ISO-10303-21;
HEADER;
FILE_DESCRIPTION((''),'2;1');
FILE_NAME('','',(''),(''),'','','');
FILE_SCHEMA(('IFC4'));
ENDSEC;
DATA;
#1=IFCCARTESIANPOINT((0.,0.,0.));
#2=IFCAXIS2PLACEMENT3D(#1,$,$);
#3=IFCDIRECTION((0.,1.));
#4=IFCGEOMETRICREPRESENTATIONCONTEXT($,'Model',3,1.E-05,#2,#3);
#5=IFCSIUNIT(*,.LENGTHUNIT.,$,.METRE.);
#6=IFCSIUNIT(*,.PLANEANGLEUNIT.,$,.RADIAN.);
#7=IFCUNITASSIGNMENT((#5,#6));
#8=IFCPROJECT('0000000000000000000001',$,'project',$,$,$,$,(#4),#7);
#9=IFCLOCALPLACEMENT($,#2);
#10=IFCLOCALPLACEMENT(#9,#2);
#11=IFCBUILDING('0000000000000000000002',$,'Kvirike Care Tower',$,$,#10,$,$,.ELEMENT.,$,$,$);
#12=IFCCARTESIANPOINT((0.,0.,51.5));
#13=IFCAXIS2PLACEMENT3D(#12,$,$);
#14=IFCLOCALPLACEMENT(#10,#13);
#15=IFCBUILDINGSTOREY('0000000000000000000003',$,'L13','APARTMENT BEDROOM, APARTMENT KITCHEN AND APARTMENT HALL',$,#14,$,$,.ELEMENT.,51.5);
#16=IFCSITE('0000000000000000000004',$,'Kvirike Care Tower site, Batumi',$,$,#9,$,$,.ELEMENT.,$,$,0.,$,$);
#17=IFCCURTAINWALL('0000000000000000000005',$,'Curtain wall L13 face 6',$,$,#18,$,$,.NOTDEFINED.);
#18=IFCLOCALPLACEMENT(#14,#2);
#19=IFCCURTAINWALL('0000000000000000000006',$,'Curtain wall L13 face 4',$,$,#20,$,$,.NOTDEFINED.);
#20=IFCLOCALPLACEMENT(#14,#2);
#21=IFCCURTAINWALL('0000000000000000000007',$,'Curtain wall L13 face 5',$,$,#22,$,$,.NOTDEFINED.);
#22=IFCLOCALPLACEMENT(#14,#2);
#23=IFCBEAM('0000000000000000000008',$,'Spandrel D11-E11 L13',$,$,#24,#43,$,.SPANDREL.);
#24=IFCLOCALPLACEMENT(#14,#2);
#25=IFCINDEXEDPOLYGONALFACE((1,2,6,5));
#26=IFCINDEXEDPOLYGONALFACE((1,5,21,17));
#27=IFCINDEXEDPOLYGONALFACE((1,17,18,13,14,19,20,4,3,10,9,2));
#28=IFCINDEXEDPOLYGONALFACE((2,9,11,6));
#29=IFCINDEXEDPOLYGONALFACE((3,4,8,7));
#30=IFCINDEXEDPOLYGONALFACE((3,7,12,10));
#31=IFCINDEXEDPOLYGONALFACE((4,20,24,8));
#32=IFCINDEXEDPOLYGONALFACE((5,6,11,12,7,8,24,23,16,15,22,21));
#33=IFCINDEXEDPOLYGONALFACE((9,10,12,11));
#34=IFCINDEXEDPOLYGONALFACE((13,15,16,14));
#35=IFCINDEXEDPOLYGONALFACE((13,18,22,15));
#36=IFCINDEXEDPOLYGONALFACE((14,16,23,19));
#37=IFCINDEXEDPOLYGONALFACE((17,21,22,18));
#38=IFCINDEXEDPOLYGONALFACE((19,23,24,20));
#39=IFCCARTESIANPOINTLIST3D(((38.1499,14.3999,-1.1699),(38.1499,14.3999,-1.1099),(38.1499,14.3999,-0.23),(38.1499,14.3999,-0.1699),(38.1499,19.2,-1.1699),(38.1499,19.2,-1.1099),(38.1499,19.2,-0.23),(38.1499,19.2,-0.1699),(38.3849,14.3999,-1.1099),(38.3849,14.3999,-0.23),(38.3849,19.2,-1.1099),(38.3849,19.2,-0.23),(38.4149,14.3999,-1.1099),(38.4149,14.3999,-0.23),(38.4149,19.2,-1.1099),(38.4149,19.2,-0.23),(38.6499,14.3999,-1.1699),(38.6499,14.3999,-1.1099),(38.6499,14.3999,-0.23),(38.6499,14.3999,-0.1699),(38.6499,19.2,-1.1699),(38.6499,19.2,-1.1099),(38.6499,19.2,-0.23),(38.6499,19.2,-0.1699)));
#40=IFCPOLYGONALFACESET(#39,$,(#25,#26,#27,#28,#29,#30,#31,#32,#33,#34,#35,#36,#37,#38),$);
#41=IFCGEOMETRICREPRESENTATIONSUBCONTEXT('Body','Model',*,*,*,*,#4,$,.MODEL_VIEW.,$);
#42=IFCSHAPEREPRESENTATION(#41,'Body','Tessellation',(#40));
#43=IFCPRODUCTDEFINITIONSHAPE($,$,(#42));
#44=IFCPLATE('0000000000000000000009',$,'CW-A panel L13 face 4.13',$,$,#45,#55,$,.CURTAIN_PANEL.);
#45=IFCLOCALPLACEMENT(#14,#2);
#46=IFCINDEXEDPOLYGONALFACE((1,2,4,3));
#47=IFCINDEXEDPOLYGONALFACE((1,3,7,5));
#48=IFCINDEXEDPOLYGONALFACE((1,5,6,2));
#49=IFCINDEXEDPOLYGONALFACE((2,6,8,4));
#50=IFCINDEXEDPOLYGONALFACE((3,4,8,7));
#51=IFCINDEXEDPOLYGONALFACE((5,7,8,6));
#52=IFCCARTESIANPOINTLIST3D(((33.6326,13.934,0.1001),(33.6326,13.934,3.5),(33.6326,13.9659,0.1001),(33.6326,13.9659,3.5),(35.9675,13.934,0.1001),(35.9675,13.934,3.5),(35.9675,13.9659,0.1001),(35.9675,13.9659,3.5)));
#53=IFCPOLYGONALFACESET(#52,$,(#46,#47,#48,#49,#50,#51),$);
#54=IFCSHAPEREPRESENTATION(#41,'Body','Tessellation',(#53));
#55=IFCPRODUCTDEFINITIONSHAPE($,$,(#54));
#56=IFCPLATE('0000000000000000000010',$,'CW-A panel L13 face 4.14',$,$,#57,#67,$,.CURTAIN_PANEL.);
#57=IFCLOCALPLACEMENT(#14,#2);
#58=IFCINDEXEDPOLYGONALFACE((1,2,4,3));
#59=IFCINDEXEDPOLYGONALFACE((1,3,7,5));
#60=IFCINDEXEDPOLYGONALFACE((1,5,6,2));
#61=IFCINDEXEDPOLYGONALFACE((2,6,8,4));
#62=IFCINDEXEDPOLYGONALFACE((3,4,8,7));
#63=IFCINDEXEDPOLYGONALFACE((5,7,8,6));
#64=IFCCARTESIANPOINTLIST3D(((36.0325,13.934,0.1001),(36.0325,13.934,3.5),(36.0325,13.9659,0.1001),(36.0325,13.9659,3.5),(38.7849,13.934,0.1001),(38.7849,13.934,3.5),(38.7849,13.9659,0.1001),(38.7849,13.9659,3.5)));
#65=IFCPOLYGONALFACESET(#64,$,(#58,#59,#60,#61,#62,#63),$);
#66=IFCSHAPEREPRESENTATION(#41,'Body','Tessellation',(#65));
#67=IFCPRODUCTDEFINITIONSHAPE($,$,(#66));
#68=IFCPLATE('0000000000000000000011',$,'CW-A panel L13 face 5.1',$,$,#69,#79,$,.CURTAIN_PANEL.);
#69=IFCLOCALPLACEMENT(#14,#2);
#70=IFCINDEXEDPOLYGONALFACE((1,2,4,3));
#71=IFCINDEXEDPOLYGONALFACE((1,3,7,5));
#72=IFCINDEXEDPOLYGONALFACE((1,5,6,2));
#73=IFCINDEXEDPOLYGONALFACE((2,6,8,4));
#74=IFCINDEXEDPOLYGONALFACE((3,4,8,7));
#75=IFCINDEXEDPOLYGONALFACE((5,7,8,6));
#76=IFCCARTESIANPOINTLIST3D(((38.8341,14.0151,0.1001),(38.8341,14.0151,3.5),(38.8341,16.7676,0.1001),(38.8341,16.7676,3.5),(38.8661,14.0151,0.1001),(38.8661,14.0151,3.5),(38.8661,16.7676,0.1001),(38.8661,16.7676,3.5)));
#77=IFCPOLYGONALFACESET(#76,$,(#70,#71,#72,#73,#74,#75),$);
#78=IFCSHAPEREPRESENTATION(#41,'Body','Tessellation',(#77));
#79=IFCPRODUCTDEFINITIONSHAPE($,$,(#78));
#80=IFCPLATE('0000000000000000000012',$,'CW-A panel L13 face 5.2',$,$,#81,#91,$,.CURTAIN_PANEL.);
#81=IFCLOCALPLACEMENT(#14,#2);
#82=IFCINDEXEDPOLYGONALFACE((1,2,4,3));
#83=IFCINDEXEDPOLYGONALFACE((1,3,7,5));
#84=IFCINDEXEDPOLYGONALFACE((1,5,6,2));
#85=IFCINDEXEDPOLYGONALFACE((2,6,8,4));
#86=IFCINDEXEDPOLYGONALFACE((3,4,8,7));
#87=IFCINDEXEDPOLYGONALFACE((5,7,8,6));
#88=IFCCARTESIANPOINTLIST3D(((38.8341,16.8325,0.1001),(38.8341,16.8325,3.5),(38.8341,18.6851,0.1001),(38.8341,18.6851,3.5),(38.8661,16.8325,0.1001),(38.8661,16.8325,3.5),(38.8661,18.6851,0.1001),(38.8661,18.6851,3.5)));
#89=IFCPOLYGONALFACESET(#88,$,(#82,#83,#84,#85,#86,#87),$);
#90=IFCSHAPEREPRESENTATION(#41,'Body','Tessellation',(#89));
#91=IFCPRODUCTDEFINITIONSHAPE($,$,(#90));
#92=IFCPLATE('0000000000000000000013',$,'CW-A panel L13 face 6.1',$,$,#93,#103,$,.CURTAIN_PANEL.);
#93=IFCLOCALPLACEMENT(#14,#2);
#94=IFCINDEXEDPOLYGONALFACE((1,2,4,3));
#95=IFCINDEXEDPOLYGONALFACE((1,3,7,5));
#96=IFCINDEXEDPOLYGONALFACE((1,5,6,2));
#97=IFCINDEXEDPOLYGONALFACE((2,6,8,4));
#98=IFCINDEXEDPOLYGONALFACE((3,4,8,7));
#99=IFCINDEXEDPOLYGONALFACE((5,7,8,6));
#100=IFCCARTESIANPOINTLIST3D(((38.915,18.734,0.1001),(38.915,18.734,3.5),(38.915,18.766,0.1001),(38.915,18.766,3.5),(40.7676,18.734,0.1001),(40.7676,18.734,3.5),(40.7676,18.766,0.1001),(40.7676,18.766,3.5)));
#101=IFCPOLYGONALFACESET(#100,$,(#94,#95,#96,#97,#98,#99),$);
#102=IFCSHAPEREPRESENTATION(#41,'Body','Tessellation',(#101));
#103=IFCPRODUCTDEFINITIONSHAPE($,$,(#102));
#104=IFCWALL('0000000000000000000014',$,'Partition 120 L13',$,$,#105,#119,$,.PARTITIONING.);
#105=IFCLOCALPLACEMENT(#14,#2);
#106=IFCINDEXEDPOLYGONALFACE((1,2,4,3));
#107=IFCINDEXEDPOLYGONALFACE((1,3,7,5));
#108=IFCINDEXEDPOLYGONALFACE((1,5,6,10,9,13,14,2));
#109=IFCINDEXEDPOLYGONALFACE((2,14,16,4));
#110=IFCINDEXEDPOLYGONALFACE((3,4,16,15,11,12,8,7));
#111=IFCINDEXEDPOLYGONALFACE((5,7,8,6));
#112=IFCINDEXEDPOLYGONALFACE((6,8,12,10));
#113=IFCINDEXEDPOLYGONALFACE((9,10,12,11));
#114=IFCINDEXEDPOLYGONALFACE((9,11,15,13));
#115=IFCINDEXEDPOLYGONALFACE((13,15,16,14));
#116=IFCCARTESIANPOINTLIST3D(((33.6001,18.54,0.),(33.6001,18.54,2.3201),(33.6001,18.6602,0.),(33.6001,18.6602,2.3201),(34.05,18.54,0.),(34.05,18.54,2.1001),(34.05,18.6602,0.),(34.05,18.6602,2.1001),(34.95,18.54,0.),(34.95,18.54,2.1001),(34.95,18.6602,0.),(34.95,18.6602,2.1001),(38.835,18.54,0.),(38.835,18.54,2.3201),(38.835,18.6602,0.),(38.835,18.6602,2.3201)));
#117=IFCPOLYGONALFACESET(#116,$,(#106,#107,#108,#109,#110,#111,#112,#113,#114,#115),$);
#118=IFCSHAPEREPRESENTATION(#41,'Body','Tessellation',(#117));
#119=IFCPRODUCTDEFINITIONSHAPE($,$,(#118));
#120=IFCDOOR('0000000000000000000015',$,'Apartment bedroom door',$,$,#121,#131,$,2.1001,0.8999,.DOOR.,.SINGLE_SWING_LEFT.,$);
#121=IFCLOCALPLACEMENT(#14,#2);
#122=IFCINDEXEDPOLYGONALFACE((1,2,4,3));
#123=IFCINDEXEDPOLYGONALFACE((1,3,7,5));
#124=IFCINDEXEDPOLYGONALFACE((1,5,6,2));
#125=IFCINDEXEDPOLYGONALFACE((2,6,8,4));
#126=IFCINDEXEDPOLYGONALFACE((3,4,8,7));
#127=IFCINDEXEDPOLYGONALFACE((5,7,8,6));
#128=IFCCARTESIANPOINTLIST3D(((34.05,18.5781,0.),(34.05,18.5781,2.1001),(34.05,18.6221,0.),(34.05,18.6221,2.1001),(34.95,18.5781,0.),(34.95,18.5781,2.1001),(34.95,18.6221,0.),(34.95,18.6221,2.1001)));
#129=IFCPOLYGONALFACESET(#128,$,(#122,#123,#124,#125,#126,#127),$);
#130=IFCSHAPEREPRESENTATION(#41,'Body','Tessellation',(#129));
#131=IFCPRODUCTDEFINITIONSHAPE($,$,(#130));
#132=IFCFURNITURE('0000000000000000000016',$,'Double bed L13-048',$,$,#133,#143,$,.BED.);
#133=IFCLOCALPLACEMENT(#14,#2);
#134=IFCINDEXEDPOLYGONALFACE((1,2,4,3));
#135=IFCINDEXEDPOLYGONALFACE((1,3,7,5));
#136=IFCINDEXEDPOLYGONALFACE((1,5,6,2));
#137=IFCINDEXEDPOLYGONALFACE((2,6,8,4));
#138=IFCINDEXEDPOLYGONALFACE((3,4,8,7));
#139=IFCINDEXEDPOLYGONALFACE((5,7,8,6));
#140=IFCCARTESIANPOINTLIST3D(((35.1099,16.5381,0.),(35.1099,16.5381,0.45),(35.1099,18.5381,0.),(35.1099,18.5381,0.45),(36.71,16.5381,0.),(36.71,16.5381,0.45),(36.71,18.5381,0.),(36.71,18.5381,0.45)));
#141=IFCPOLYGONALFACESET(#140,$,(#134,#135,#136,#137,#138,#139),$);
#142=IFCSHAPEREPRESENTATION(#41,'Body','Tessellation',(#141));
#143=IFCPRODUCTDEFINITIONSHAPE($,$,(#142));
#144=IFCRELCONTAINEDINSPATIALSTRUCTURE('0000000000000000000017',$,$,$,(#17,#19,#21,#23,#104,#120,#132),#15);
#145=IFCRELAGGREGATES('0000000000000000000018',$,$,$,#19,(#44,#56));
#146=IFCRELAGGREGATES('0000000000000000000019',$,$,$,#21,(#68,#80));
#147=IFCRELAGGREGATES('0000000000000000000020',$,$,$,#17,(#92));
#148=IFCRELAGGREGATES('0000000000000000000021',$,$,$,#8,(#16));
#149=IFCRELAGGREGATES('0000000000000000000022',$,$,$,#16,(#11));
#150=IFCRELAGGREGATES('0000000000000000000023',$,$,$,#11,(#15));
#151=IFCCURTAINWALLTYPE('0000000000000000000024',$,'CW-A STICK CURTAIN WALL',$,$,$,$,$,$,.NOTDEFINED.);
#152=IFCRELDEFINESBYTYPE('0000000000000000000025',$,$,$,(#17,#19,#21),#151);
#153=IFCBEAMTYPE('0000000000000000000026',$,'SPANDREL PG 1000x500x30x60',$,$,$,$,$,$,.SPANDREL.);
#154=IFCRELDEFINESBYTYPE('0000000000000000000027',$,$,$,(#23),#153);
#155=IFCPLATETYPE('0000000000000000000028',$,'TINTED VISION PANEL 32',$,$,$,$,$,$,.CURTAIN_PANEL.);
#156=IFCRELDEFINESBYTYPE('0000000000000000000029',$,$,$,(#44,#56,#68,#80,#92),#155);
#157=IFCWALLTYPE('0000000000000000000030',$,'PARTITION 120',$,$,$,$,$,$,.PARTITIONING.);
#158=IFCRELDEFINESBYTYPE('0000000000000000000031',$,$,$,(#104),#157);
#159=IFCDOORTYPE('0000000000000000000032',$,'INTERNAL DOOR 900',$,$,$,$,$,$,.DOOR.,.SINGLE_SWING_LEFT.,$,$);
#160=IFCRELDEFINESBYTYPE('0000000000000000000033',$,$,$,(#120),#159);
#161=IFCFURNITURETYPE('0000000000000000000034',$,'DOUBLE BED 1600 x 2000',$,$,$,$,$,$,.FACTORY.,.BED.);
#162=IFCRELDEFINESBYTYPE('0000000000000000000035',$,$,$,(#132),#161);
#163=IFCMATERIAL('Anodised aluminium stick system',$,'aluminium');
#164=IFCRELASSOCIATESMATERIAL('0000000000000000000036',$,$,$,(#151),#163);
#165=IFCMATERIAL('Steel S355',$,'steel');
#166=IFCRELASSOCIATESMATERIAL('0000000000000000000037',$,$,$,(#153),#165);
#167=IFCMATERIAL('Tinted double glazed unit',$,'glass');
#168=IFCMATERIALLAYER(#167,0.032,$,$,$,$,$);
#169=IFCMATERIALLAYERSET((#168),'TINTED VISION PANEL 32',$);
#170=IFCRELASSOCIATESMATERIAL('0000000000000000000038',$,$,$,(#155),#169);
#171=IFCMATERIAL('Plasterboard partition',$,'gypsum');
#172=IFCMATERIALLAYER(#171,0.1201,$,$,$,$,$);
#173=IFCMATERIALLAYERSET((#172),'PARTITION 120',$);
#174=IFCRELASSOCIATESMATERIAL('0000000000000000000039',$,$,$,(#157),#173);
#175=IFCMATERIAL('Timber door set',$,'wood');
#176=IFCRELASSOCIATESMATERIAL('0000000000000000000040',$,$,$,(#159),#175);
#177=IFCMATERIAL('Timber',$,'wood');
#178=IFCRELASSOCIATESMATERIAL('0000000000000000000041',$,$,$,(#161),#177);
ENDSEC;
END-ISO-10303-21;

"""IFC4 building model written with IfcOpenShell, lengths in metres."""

from ifc_helpers import new_model, si_unit, direction, frame, frame_2d, origin, origin_2d, place, context, subcontext, project, spatial, rectangle, i_section, extrude, material, layer, layer_set, material_profile, profile_set, type_object, element, fill, aggregate, save


model = new_model("IFC4")

# Units and contexts
model_context = context("Model", 3, precision=1e-05, world=origin(), true_north=direction((0.0, 1.0)))
body_context = subcontext(model_context, "Body", "Model", "MODEL_VIEW")
ifc_project = project(units=[si_unit("LENGTHUNIT", "METRE"), si_unit("PLANEANGLEUNIT", "RADIAN")], contexts=[model_context])

# Site, building, storey
site_placement = place(None, origin())
site = spatial("IfcSite", under=ifc_project, at=site_placement, Name="Kvirike Care Tower site, Batumi", CompositionType="ELEMENT", RefElevation=0.0)
building_placement = place(site_placement, origin())
building = spatial("IfcBuilding", under=site, at=building_placement, Name="Kvirike Care Tower", CompositionType="ELEMENT")
storey_placement = place(building_placement, frame((0.0, 0.0, 51.5)))
storey = spatial("IfcBuildingStorey", under=building, at=storey_placement, Name="L13", Description="APARTMENT BEDROOM, APARTMENT KITCHEN AND APARTMENT HALL", CompositionType="ELEMENT", Elevation=51.5)

# Curtain wall
ifc_material_1 = material(Name="Anodised aluminium stick system", Category="aluminium")
curtain_wall_type = type_object("IfcCurtainWallType", Name="CW-A STICK CURTAIN WALL", PredefinedType="NOTDEFINED", material=ifc_material_1)
curtain_wall_1_placement = place(storey_placement, origin())
curtain_wall_1 = element("IfcCurtainWall", 1, at=curtain_wall_1_placement, inside=storey, type_object=curtain_wall_type, Name="Curtain wall L13 face 6", PredefinedType="NOTDEFINED")

# Curtain walls
curtain_wall_2_placement = place(storey_placement, origin())
curtain_wall_2 = element("IfcCurtainWall", 2, at=curtain_wall_2_placement, inside=storey, type_object=curtain_wall_type, Name="Curtain wall L13 face 4", PredefinedType="NOTDEFINED")
curtain_wall_3_placement = place(storey_placement, origin())
curtain_wall_3 = element("IfcCurtainWall", 3, at=curtain_wall_3_placement, inside=storey, type_object=curtain_wall_type, Name="Curtain wall L13 face 5", PredefinedType="NOTDEFINED")

# Beam
ifc_material_2 = material(Name="Steel S355", Category="steel")
ifc_material_profile_1 = material_profile(ifc_material_2, i_section(OverallWidth=0.5, OverallDepth=1.0, WebThickness=0.03, FlangeThickness=0.0601, at=origin_2d()), Name="PG 1000x500x30x60")
ifc_profile_set_1 = profile_set([ifc_material_profile_1], Name="Steel S355")
beam_type = type_object("IfcBeamType", Name="SPANDREL PG 1000x500x30x60", PredefinedType="SPANDREL", material=ifc_profile_set_1)
beam_placement = place(storey_placement, frame((38.3999, 14.3999, -0.6699), z_axis=(0.0, 1.0, 0.0), x_axis=(-1.0, 0.0, 0.0)))
element("IfcBeam", 4, at=beam_placement, inside=storey, type_object=beam_type, Name="Spandrel D11-E11 L13", PredefinedType="SPANDREL", context=body_context, shape_type="SweptSolid", body=[
    extrude(i_section(OverallWidth=0.5, OverallDepth=1.0, WebThickness=0.03, FlangeThickness=0.0601, at=origin_2d()), origin(), (0.0, 0.0, 1.0), 4.8),
])

# Plates
ifc_material_3 = material(Name="Tinted double glazed unit", Category="glass")
ifc_layer_1 = layer(ifc_material_3, 0.032)
ifc_layer_set_1 = layer_set([ifc_layer_1], Name="TINTED VISION PANEL 32")
plate_type = type_object("IfcPlateType", Name="TINTED VISION PANEL 32", PredefinedType="CURTAIN_PANEL", material=ifc_layer_set_1)
plate_1_placement = place(storey_placement, frame((34.8, 13.95, 0.1001), z_axis=(0.0, 0.0, 1.0), x_axis=(1.0, 0.0, 0.0)))
plate_1 = element("IfcPlate", 5, at=plate_1_placement, type_object=plate_type, Name="CW-A panel L13 face 4.13", PredefinedType="CURTAIN_PANEL", context=body_context, shape_type="SweptSolid", body=[
    extrude(rectangle(XDim=2.335, YDim=0.032, at=origin_2d()), origin(), (0.0, 0.0, 1.0), 3.3999),
])
plate_2_placement = place(storey_placement, frame((37.4087, 13.95, 0.1001), z_axis=(0.0, 0.0, 1.0), x_axis=(1.0, 0.0, 0.0)))
plate_2 = element("IfcPlate", 6, at=plate_2_placement, type_object=plate_type, Name="CW-A panel L13 face 4.14", PredefinedType="CURTAIN_PANEL", context=body_context, shape_type="SweptSolid", body=[
    extrude(rectangle(XDim=2.7524, YDim=0.032, at=origin_2d()), origin(), (0.0, 0.0, 1.0), 3.3999),
])
aggregate(curtain_wall_2, [plate_1, plate_2])
plate_3_placement = place(storey_placement, frame((38.8501, 15.3914, 0.1001), z_axis=(0.0, 0.0, 1.0), x_axis=(0.0, 1.0, 0.0)))
plate_3 = element("IfcPlate", 7, at=plate_3_placement, type_object=plate_type, Name="CW-A panel L13 face 5.1", PredefinedType="CURTAIN_PANEL", context=body_context, shape_type="SweptSolid", body=[
    extrude(rectangle(XDim=2.7524, YDim=0.032, at=origin_2d()), origin(), (0.0, 0.0, 1.0), 3.3999),
])
plate_4_placement = place(storey_placement, frame((38.8501, 17.7588, 0.1001), z_axis=(0.0, 0.0, 1.0), x_axis=(0.0, 1.0, 0.0)))
plate_4 = element("IfcPlate", 8, at=plate_4_placement, type_object=plate_type, Name="CW-A panel L13 face 5.2", PredefinedType="CURTAIN_PANEL", context=body_context, shape_type="SweptSolid", body=[
    extrude(rectangle(XDim=1.8525, YDim=0.032, at=origin_2d()), origin(), (0.0, 0.0, 1.0), 3.3999),
])
aggregate(curtain_wall_3, [plate_3, plate_4])
plate_5_placement = place(storey_placement, frame((39.8413, 18.75, 0.1001), z_axis=(0.0, 0.0, 1.0), x_axis=(1.0, 0.0, 0.0)))
plate_5 = element("IfcPlate", 9, at=plate_5_placement, type_object=plate_type, Name="CW-A panel L13 face 6.1", PredefinedType="CURTAIN_PANEL", context=body_context, shape_type="SweptSolid", body=[
    extrude(rectangle(XDim=1.8525, YDim=0.032, at=origin_2d()), origin(), (0.0, 0.0, 1.0), 3.3999),
])
aggregate(curtain_wall_1, [plate_5])

# Wall, opening, door
ifc_material_4 = material(Name="Plasterboard partition", Category="gypsum")
ifc_layer_2 = layer(ifc_material_4, 0.1201)
ifc_layer_set_2 = layer_set([ifc_layer_2], Name="PARTITION 120")
wall_type = type_object("IfcWallType", Name="PARTITION 120", PredefinedType="PARTITIONING", material=ifc_layer_set_2)
wall_placement = place(storey_placement, frame((33.6001, 18.6001, 0.0), z_axis=(0.0, 0.0, 1.0), x_axis=(1.0, 0.0, 0.0)))
wall = element("IfcWall", 10, at=wall_placement, inside=storey, type_object=wall_type, Name="Partition 120 L13", PredefinedType="PARTITIONING", context=body_context, shape_type="SweptSolid", body=[
    extrude(rectangle(XDim=5.2349, YDim=0.1201, at=frame_2d((2.6174, 0.0))), origin(), (0.0, 0.0, 1.0), 2.3201),
])
opening_placement = place(wall_placement, frame((0.45, 0.0, 0.0)))
opening = element("IfcOpeningElement", 11, at=opening_placement, cuts=wall, PredefinedType="OPENING", context=body_context, shape_type="SweptSolid", body=[
    extrude(rectangle(XDim=0.8999, YDim=2.1001, at=frame_2d((0.45, 1.05))), frame((0.0, 0.0706, 0.0), z_axis=(0.0, -1.0, 0.0), x_axis=(1.0, 0.0, 0.0)), (0.0, 0.0, 1.0), 0.1411),
])
ifc_material_5 = material(Name="Timber door set", Category="wood")
door_type = type_object("IfcDoorType", Name="INTERNAL DOOR 900", OperationType="SINGLE_SWING_LEFT", PredefinedType="DOOR", material=ifc_material_5)
door_placement = place(opening_placement, frame((0.8999, 0.0, 0.0), z_axis=(0.0, 0.0, 1.0), x_axis=(-1.0, 0.0, 0.0)))
door = element("IfcDoor", 12, at=door_placement, inside=storey, type_object=door_type, Name="Apartment bedroom door", OperationType="SINGLE_SWING_LEFT", OverallHeight=2.1001, OverallWidth=0.8999, PredefinedType="DOOR", context=body_context, shape_type="SweptSolid", body=[
    extrude(rectangle(XDim=0.8999, YDim=2.1001, at=frame_2d((0.45, 1.05))), frame((0.0, 0.022, 0.0), z_axis=(0.0, -1.0, 0.0), x_axis=(1.0, 0.0, 0.0)), (0.0, 0.0, 1.0), 0.0439),
])
fill(opening, door)

# Furniture
ifc_material_6 = material(Name="Timber", Category="wood")
furniture_type = type_object("IfcFurnitureType", Name="DOUBLE BED 1600 x 2000", AssemblyPlace="FACTORY", PredefinedType="BED", material=ifc_material_6)
furniture_placement = place(storey_placement, frame((35.9099, 17.5381, 0.0), z_axis=(0.0, 0.0, 1.0), x_axis=(1.0, 0.0, 0.0)))
element("IfcFurniture", 13, at=furniture_placement, inside=storey, type_object=furniture_type, Name="Double bed L13-048", PredefinedType="BED", context=body_context, shape_type="SweptSolid", body=[
    extrude(rectangle(XDim=1.6001, YDim=2.0, at=origin_2d()), origin(), (0.0, 0.0, 1.0), 0.45),
])

save(model, "model.ifc")
